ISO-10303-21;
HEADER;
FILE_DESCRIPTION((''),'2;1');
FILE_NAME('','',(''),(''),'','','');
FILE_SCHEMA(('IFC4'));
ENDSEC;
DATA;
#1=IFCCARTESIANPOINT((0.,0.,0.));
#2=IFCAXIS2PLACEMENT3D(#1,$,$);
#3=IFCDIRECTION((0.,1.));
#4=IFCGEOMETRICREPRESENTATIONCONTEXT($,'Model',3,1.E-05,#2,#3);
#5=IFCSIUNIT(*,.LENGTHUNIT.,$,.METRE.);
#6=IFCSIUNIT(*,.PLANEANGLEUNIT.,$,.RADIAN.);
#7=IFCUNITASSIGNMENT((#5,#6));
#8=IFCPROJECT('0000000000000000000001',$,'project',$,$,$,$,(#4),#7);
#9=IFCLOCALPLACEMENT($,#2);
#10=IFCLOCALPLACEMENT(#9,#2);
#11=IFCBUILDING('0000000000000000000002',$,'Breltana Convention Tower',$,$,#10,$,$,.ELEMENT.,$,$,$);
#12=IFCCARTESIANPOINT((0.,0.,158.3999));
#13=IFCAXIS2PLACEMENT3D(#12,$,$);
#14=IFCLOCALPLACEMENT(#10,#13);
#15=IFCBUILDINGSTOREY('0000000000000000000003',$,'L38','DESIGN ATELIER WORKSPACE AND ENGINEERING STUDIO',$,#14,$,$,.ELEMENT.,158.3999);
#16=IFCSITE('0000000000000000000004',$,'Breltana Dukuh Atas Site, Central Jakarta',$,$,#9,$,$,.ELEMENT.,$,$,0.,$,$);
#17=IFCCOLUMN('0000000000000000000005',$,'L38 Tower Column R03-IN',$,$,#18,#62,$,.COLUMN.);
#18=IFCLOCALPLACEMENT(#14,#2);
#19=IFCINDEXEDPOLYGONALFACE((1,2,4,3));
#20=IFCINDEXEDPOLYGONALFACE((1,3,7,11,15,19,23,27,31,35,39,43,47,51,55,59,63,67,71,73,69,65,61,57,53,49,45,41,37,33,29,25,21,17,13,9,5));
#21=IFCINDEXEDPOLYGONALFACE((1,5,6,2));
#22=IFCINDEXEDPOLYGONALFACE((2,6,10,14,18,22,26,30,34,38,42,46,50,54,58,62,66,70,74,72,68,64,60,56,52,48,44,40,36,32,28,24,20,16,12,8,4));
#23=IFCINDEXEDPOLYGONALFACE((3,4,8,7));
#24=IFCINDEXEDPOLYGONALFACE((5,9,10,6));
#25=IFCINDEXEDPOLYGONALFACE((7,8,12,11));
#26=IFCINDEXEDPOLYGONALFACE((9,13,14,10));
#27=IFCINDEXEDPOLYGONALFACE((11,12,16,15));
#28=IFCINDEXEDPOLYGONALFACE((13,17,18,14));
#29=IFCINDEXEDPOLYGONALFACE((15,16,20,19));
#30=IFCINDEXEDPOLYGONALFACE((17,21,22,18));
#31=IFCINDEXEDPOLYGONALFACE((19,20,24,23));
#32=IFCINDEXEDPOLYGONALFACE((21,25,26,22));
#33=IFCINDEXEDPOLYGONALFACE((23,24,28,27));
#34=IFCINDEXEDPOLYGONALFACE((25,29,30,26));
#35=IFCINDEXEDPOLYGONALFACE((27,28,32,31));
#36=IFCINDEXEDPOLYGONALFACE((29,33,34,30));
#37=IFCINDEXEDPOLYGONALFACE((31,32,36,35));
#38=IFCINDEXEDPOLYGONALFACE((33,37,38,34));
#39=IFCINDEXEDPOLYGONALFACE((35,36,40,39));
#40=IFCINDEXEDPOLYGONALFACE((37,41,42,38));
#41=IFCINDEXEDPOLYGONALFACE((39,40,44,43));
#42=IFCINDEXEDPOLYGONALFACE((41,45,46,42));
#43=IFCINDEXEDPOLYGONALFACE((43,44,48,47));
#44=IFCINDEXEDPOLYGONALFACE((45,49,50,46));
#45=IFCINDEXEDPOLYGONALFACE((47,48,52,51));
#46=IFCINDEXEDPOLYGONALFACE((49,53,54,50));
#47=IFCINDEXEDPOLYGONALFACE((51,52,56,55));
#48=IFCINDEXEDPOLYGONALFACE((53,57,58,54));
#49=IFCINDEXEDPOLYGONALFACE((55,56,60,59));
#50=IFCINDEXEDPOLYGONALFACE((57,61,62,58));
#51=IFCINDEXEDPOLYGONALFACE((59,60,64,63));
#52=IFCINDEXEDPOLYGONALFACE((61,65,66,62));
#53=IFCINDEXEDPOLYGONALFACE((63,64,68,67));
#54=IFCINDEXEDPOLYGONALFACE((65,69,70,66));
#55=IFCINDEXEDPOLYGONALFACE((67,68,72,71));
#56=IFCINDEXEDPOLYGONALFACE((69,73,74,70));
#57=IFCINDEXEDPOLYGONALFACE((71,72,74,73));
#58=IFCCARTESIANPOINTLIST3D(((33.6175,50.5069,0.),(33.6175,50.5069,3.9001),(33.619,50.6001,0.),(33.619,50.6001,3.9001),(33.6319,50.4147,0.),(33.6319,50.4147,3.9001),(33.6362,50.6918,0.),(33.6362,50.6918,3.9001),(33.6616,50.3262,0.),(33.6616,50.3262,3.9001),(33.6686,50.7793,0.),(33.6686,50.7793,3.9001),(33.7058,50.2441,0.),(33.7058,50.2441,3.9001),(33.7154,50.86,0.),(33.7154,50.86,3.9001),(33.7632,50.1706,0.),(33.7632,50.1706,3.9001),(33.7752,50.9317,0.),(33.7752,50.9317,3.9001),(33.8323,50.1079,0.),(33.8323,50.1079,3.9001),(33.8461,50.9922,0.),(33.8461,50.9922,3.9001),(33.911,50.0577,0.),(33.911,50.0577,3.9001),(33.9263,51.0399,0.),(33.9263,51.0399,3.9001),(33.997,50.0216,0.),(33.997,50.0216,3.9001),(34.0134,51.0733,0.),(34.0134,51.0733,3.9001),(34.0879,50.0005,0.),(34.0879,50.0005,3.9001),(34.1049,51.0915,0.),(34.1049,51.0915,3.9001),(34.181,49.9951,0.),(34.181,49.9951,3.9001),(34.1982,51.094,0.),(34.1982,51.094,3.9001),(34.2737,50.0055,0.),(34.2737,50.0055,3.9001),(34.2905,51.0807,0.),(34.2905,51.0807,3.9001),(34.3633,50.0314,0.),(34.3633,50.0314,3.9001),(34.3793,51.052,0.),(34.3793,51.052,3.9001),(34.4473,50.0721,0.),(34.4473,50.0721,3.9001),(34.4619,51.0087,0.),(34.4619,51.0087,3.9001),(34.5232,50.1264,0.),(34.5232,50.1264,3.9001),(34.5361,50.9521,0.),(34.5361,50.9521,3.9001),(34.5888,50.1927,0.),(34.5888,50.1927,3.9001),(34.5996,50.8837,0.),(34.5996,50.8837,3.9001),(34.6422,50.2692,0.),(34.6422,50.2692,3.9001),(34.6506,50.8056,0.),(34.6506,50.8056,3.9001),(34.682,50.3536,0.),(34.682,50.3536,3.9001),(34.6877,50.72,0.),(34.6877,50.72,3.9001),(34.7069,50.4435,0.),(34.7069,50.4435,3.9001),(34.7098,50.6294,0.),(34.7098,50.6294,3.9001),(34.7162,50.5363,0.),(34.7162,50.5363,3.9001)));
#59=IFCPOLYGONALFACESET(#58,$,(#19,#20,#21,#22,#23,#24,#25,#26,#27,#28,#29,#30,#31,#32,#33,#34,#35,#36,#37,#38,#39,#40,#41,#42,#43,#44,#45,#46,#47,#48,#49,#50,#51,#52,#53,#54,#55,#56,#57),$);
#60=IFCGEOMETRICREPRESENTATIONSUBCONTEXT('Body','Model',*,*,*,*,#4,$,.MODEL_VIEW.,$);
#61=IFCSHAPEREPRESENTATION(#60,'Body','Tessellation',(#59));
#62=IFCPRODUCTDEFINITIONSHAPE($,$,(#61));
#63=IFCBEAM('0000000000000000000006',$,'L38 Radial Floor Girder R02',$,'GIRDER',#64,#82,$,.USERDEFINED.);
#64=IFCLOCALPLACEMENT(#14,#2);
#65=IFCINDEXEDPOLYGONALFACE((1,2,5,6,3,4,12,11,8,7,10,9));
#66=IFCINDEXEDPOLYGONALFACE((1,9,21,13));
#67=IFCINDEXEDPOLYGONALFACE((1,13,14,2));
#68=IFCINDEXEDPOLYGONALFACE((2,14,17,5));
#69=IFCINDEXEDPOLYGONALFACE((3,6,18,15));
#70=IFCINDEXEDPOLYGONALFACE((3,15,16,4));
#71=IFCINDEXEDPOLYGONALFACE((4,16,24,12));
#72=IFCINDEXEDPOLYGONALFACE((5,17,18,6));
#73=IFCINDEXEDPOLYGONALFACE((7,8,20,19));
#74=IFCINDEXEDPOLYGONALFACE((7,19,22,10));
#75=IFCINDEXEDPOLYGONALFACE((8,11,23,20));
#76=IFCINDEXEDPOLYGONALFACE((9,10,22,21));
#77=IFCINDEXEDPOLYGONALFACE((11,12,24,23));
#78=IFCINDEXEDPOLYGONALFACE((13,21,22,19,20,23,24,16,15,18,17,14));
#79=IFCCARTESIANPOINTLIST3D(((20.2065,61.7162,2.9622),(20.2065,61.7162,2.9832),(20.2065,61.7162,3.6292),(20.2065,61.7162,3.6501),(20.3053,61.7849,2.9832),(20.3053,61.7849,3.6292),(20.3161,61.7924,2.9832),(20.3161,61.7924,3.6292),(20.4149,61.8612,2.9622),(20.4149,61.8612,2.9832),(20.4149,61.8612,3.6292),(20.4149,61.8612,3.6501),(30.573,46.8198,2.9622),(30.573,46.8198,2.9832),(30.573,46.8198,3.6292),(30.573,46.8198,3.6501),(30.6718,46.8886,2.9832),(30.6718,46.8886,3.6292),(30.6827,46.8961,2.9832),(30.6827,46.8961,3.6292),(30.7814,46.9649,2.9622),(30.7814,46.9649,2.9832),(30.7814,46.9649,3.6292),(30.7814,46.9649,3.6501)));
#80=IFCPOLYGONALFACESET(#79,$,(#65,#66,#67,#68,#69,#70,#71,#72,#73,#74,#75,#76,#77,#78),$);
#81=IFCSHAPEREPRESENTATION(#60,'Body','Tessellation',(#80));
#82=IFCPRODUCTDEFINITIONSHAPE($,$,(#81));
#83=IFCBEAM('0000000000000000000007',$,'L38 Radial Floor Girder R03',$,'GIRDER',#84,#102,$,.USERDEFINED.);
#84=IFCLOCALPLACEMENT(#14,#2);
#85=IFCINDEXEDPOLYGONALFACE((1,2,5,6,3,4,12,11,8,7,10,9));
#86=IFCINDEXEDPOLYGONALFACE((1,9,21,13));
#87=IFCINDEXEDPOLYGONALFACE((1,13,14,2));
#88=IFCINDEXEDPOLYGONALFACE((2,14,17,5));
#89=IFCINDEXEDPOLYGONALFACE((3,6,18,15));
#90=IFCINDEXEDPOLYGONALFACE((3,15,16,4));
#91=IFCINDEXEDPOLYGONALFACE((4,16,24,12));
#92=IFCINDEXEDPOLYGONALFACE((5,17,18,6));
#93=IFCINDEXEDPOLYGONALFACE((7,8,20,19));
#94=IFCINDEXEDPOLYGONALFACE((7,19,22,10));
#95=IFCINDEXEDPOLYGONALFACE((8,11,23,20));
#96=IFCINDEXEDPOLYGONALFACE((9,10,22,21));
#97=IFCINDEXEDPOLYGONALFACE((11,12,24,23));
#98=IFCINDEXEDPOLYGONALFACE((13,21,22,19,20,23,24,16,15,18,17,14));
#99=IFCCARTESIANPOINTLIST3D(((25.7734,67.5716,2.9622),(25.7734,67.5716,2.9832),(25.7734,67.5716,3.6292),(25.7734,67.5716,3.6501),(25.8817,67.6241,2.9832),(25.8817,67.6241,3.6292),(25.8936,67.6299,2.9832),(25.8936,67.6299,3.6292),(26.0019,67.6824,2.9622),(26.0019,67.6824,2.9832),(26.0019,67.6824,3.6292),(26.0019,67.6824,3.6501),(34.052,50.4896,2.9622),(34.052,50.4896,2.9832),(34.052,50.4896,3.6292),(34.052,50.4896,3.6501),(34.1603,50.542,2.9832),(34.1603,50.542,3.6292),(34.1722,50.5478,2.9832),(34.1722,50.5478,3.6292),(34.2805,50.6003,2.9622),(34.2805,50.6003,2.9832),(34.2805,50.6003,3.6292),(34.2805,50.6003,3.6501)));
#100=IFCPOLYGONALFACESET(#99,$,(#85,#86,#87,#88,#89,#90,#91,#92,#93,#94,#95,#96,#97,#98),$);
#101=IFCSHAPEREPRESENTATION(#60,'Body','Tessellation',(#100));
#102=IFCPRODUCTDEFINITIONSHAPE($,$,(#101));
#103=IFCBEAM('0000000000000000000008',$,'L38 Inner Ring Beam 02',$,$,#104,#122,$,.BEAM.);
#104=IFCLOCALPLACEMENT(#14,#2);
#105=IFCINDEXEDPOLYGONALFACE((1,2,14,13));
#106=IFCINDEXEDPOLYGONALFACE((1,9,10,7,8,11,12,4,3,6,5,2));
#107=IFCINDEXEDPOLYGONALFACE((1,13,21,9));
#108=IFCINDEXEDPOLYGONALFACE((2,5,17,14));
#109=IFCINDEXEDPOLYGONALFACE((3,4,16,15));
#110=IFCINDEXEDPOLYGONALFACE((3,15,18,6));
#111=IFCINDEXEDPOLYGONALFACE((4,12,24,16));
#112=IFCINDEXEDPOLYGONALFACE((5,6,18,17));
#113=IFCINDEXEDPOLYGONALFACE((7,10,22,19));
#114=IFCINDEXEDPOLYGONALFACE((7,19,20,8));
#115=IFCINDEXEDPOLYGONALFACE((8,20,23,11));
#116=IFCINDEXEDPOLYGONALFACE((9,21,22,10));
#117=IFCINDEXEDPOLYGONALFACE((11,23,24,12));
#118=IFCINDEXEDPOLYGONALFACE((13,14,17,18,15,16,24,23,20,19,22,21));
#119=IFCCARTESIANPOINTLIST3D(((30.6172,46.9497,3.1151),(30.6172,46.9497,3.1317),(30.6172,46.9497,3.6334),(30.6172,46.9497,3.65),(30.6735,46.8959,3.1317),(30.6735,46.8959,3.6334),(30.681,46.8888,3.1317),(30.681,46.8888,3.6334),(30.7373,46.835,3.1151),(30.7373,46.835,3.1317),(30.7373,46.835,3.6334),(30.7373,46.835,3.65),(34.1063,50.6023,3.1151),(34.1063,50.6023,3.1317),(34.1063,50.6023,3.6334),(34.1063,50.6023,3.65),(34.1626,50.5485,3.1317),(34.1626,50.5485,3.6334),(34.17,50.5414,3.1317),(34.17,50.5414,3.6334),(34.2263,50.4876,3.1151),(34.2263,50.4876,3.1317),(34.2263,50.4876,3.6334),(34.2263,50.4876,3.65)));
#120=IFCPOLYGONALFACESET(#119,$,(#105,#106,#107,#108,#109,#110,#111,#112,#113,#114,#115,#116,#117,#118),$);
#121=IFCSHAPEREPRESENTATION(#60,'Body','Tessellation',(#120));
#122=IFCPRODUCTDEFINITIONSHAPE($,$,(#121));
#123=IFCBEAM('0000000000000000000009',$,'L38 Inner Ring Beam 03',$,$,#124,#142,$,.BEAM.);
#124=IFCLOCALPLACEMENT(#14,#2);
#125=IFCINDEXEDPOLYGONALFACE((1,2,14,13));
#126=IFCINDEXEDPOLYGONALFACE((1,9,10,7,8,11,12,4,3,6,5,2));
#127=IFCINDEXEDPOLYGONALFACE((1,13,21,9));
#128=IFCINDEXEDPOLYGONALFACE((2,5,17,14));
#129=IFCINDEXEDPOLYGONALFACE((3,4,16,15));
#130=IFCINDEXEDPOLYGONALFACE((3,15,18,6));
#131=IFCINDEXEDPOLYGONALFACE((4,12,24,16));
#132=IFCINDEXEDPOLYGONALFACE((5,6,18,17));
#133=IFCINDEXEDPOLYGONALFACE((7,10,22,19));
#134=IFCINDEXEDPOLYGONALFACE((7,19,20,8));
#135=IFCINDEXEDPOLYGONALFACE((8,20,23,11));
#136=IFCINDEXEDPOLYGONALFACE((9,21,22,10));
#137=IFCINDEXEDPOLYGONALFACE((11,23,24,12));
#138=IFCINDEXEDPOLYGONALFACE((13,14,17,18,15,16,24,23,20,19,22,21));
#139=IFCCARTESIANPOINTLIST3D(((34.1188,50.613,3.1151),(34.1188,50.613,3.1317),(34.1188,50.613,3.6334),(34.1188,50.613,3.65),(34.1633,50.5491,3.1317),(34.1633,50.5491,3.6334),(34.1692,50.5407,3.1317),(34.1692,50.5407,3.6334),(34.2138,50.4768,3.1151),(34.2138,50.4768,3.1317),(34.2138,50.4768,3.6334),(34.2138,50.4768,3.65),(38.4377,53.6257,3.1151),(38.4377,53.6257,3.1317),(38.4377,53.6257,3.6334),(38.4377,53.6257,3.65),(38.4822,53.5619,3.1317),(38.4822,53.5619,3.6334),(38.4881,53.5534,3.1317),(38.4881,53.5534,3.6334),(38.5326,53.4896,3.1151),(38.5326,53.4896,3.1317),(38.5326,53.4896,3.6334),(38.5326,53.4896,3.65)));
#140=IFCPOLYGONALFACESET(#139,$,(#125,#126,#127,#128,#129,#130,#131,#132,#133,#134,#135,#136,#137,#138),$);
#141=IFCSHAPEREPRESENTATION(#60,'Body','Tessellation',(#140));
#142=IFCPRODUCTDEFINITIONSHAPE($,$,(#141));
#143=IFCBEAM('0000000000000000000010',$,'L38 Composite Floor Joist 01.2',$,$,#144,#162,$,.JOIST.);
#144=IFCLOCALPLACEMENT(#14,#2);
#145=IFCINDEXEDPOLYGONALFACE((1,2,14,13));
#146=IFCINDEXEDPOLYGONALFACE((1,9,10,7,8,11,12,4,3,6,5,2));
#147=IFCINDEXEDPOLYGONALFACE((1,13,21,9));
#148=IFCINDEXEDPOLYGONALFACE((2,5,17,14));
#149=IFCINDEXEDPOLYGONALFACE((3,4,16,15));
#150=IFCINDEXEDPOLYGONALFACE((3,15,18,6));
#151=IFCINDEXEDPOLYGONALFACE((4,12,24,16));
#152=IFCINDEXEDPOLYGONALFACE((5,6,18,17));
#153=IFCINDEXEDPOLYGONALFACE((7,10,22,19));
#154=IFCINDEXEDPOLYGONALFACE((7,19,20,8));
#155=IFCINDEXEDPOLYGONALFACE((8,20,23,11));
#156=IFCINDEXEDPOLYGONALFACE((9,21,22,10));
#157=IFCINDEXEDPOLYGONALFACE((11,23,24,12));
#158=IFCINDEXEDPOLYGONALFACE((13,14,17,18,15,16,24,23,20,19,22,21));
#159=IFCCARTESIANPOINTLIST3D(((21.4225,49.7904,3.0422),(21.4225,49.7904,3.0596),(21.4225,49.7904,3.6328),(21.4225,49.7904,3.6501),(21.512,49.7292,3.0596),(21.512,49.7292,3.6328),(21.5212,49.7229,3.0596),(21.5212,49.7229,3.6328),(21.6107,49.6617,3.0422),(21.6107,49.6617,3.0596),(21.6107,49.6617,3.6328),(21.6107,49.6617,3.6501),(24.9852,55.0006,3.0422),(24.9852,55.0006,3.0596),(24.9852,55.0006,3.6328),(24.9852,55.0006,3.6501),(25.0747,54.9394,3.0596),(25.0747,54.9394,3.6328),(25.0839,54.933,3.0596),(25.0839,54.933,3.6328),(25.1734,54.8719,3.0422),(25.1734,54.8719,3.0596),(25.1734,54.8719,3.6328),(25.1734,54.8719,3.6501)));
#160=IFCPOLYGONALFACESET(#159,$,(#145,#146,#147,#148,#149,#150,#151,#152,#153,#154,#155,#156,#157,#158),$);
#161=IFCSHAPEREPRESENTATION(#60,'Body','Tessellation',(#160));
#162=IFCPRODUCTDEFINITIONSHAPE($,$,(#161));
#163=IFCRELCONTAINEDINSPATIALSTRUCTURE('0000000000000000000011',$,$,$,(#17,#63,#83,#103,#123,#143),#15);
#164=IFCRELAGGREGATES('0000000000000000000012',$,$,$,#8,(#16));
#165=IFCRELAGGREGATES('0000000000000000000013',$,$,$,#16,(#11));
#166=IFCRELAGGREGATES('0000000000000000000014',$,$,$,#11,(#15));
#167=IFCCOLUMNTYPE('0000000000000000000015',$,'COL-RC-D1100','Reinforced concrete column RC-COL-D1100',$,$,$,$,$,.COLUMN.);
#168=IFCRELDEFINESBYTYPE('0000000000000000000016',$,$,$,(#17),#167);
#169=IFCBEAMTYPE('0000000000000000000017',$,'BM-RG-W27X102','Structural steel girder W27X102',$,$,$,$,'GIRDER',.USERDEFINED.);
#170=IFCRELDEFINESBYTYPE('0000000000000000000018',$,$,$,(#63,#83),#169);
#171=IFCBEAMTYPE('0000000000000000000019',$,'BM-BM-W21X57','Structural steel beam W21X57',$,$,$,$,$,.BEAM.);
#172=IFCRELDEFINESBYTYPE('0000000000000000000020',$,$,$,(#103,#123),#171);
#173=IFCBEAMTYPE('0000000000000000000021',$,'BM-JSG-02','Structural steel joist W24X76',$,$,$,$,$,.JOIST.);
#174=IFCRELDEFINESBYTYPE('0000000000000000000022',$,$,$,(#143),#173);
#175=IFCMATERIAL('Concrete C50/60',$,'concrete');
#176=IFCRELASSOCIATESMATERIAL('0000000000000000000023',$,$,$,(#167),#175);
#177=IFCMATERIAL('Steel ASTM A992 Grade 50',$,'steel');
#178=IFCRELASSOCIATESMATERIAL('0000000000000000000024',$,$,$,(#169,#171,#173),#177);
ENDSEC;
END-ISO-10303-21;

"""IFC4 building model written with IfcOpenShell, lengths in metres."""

from ifc_helpers import new_model, si_unit, direction, frame, origin, origin_2d, place, context, subcontext, project, spatial, circle, i_section, extrude, source, transform, mapped, material, material_profile, profile_set, type_object, element, save


model = new_model("IFC4")

# Units and contexts
model_context = context("Model", 3, precision=1e-05, world=origin(), true_north=direction((0.0, 1.0)))
body_context = subcontext(model_context, "Body", "Model", "MODEL_VIEW")
ifc_project = project(units=[si_unit("LENGTHUNIT", "METRE"), si_unit("PLANEANGLEUNIT", "RADIAN")], contexts=[model_context])

# Site, building, storey
site_placement = place(None, origin())
site = spatial("IfcSite", under=ifc_project, at=site_placement, Name="Breltana Dukuh Atas Site, Central Jakarta", CompositionType="ELEMENT", RefElevation=0.0)
building_placement = place(site_placement, origin())
building = spatial("IfcBuilding", under=site, at=building_placement, Name="Breltana Convention Tower", CompositionType="ELEMENT")
storey_placement = place(building_placement, frame((0.0, 0.0, 158.3999)))
storey = spatial("IfcBuildingStorey", under=building, at=storey_placement, Name="L38", Description="DESIGN ATELIER WORKSPACE AND ENGINEERING STUDIO", CompositionType="ELEMENT", Elevation=158.3999)

# Column
ifc_material_1 = material(Name="Concrete C50/60", Category="concrete")
ifc_material_profile_1 = material_profile(ifc_material_1, circle(Radius=0.55, at=origin_2d()), Name="RC-COL-D1100")
ifc_profile_set_1 = profile_set([ifc_material_profile_1], Name="Concrete C50/60")
column_type = type_object("IfcColumnType", Name="COL-RC-D1100", Description="Reinforced concrete column RC-COL-D1100", PredefinedType="COLUMN", material=ifc_profile_set_1)
shared_shape_1 = source(origin(), body_context, "Body", "SweptSolid", [
    extrude(circle(Radius=0.55, at=origin_2d()), origin(), (0.0, 0.0, 1.0), 3.9001),
])
for number, where, z_axis, x_axis, name in (
    (1, (34.1663, 50.5449, 0.0), (0.0, 0.0, 1.0), (-0.436174, 0.899863, 0.0), "L38 Tower Column R03-IN"),
):
    element("IfcColumn", number, at=place(storey_placement, frame(where, z_axis=z_axis, x_axis=x_axis)), inside=storey, type_object=column_type, Name=name, PredefinedType="COLUMN", context=body_context, shape_type="MappedRepresentation", body=[
        mapped(shared_shape_1, transform((0.0, 0.0, 0.0), scale=1.0)),
    ])

# Beams
ifc_material_2 = material(Name="Steel ASTM A992 Grade 50", Category="steel")
ifc_material_profile_2 = material_profile(ifc_material_2, i_section(OverallWidth=0.2539, OverallDepth=0.688, WebThickness=0.0132, FlangeThickness=0.021, at=origin_2d()), Name="W27X102")
ifc_profile_set_2 = profile_set([ifc_material_profile_2], Name="Steel ASTM A992 Grade 50")
beam_type_1 = type_object("IfcBeamType", Name="BM-RG-W27X102", Description="Structural steel girder W27X102", ElementType="GIRDER", PredefinedType="USERDEFINED", material=ifc_profile_set_2)
shared_shape_2 = source(origin(), body_context, "Body", "SweptSolid", [
    extrude(i_section(OverallWidth=0.2539, OverallDepth=0.688, WebThickness=0.0132, FlangeThickness=0.021, at=origin_2d()), origin(), (0.0, 0.0, 1.0), 18.1484),
])
beam_1_placement = place(storey_placement, frame((30.6772, 46.8923, 3.3062), z_axis=(-0.571208, 0.820806, 0.0), x_axis=(-0.820806, -0.571208, 0.0)))
element("IfcBeam", 2, at=beam_1_placement, inside=storey, type_object=beam_type_1, Name="L38 Radial Floor Girder R02", ObjectType="GIRDER", PredefinedType="USERDEFINED", context=body_context, shape_type="MappedRepresentation", body=[
    mapped(shared_shape_2, transform((0.0, 0.0, 0.0), scale=1.0)),
])
shared_shape_3 = source(origin(), body_context, "Body", "SweptSolid", [
    extrude(i_section(OverallWidth=0.2539, OverallDepth=0.688, WebThickness=0.0132, FlangeThickness=0.021, at=origin_2d()), origin(), (0.0, 0.0, 1.0), 18.9824),
])
beam_2_placement = place(storey_placement, frame((34.1663, 50.5449, 3.3062), z_axis=(-0.436119, 0.899889, 0.0), x_axis=(-0.899889, -0.436119, 0.0)))
element("IfcBeam", 3, at=beam_2_placement, inside=storey, type_object=beam_type_1, Name="L38 Radial Floor Girder R03", ObjectType="GIRDER", PredefinedType="USERDEFINED", context=body_context, shape_type="MappedRepresentation", body=[
    mapped(shared_shape_3, transform((0.0, 0.0, 0.0), scale=1.0)),
])
ifc_material_profile_3 = material_profile(ifc_material_2, i_section(OverallWidth=0.166, OverallDepth=0.5349, WebThickness=0.0103, FlangeThickness=0.0166, at=origin_2d()), Name="W21X57")
ifc_profile_set_3 = profile_set([ifc_material_profile_3], Name="Steel ASTM A992 Grade 50")
beam_type_2 = type_object("IfcBeamType", Name="BM-BM-W21X57", Description="Structural steel beam W21X57", PredefinedType="BEAM", material=ifc_profile_set_3)
shared_shape_4 = source(origin(), body_context, "Body", "SweptSolid", [
    extrude(i_section(OverallWidth=0.166, OverallDepth=0.5349, WebThickness=0.0103, FlangeThickness=0.0166, at=origin_2d()), origin(), (0.0, 0.0, 1.0), 5.0513),
])
beam_3_placement = place(storey_placement, frame((30.6772, 46.8923, 3.3826), z_axis=(0.69073, 0.723113, 0.0), x_axis=(-0.723113, 0.69073, 0.0)))
element("IfcBeam", 4, at=beam_3_placement, inside=storey, type_object=beam_type_2, Name="L38 Inner Ring Beam 02", PredefinedType="BEAM", context=body_context, shape_type="MappedRepresentation", body=[
    mapped(shared_shape_4, transform((0.0, 0.0, 0.0), scale=1.0)),
])
shared_shape_5 = source(origin(), body_context, "Body", "SweptSolid", [
    extrude(i_section(OverallWidth=0.166, OverallDepth=0.5349, WebThickness=0.0103, FlangeThickness=0.0166, at=origin_2d()), origin(), (0.0, 0.0, 1.0), 5.2659),
])
beam_4_placement = place(storey_placement, frame((34.1663, 50.5449, 3.3826), z_axis=(0.820167, 0.572124, 0.0), x_axis=(-0.572124, 0.820167, 0.0)))
element("IfcBeam", 5, at=beam_4_placement, inside=storey, type_object=beam_type_2, Name="L38 Inner Ring Beam 03", PredefinedType="BEAM", context=body_context, shape_type="MappedRepresentation", body=[
    mapped(shared_shape_5, transform((0.0, 0.0, 0.0), scale=1.0)),
])
ifc_material_profile_4 = material_profile(ifc_material_2, i_section(OverallWidth=0.228, OverallDepth=0.6079, WebThickness=0.0112, FlangeThickness=0.0173, at=origin_2d()), Name="W24X76")
ifc_profile_set_4 = profile_set([ifc_material_profile_4], Name="Steel ASTM A992 Grade 50")
beam_type_3 = type_object("IfcBeamType", Name="BM-JSG-02", Description="Structural steel joist W24X76", PredefinedType="JOIST", material=ifc_profile_set_4)
shared_shape_6 = source(origin(), body_context, "Body", "SweptSolid", [
    extrude(i_section(OverallWidth=0.228, OverallDepth=0.6079, WebThickness=0.0112, FlangeThickness=0.0173, at=origin_2d()), origin(), (0.0, 0.0, 1.0), 6.3118),
])
beam_5_placement = place(storey_placement, frame((21.5166, 49.7261, 3.3462), z_axis=(0.564454, 0.825465, 0.0), x_axis=(-0.825465, 0.564454, 0.0)))
element("IfcBeam", 6, at=beam_5_placement, inside=storey, type_object=beam_type_3, Name="L38 Composite Floor Joist 01.2", PredefinedType="JOIST", context=body_context, shape_type="MappedRepresentation", body=[
    mapped(shared_shape_6, transform((0.0, 0.0, 0.0), scale=1.0)),
])

save(model, "model.ifc")
